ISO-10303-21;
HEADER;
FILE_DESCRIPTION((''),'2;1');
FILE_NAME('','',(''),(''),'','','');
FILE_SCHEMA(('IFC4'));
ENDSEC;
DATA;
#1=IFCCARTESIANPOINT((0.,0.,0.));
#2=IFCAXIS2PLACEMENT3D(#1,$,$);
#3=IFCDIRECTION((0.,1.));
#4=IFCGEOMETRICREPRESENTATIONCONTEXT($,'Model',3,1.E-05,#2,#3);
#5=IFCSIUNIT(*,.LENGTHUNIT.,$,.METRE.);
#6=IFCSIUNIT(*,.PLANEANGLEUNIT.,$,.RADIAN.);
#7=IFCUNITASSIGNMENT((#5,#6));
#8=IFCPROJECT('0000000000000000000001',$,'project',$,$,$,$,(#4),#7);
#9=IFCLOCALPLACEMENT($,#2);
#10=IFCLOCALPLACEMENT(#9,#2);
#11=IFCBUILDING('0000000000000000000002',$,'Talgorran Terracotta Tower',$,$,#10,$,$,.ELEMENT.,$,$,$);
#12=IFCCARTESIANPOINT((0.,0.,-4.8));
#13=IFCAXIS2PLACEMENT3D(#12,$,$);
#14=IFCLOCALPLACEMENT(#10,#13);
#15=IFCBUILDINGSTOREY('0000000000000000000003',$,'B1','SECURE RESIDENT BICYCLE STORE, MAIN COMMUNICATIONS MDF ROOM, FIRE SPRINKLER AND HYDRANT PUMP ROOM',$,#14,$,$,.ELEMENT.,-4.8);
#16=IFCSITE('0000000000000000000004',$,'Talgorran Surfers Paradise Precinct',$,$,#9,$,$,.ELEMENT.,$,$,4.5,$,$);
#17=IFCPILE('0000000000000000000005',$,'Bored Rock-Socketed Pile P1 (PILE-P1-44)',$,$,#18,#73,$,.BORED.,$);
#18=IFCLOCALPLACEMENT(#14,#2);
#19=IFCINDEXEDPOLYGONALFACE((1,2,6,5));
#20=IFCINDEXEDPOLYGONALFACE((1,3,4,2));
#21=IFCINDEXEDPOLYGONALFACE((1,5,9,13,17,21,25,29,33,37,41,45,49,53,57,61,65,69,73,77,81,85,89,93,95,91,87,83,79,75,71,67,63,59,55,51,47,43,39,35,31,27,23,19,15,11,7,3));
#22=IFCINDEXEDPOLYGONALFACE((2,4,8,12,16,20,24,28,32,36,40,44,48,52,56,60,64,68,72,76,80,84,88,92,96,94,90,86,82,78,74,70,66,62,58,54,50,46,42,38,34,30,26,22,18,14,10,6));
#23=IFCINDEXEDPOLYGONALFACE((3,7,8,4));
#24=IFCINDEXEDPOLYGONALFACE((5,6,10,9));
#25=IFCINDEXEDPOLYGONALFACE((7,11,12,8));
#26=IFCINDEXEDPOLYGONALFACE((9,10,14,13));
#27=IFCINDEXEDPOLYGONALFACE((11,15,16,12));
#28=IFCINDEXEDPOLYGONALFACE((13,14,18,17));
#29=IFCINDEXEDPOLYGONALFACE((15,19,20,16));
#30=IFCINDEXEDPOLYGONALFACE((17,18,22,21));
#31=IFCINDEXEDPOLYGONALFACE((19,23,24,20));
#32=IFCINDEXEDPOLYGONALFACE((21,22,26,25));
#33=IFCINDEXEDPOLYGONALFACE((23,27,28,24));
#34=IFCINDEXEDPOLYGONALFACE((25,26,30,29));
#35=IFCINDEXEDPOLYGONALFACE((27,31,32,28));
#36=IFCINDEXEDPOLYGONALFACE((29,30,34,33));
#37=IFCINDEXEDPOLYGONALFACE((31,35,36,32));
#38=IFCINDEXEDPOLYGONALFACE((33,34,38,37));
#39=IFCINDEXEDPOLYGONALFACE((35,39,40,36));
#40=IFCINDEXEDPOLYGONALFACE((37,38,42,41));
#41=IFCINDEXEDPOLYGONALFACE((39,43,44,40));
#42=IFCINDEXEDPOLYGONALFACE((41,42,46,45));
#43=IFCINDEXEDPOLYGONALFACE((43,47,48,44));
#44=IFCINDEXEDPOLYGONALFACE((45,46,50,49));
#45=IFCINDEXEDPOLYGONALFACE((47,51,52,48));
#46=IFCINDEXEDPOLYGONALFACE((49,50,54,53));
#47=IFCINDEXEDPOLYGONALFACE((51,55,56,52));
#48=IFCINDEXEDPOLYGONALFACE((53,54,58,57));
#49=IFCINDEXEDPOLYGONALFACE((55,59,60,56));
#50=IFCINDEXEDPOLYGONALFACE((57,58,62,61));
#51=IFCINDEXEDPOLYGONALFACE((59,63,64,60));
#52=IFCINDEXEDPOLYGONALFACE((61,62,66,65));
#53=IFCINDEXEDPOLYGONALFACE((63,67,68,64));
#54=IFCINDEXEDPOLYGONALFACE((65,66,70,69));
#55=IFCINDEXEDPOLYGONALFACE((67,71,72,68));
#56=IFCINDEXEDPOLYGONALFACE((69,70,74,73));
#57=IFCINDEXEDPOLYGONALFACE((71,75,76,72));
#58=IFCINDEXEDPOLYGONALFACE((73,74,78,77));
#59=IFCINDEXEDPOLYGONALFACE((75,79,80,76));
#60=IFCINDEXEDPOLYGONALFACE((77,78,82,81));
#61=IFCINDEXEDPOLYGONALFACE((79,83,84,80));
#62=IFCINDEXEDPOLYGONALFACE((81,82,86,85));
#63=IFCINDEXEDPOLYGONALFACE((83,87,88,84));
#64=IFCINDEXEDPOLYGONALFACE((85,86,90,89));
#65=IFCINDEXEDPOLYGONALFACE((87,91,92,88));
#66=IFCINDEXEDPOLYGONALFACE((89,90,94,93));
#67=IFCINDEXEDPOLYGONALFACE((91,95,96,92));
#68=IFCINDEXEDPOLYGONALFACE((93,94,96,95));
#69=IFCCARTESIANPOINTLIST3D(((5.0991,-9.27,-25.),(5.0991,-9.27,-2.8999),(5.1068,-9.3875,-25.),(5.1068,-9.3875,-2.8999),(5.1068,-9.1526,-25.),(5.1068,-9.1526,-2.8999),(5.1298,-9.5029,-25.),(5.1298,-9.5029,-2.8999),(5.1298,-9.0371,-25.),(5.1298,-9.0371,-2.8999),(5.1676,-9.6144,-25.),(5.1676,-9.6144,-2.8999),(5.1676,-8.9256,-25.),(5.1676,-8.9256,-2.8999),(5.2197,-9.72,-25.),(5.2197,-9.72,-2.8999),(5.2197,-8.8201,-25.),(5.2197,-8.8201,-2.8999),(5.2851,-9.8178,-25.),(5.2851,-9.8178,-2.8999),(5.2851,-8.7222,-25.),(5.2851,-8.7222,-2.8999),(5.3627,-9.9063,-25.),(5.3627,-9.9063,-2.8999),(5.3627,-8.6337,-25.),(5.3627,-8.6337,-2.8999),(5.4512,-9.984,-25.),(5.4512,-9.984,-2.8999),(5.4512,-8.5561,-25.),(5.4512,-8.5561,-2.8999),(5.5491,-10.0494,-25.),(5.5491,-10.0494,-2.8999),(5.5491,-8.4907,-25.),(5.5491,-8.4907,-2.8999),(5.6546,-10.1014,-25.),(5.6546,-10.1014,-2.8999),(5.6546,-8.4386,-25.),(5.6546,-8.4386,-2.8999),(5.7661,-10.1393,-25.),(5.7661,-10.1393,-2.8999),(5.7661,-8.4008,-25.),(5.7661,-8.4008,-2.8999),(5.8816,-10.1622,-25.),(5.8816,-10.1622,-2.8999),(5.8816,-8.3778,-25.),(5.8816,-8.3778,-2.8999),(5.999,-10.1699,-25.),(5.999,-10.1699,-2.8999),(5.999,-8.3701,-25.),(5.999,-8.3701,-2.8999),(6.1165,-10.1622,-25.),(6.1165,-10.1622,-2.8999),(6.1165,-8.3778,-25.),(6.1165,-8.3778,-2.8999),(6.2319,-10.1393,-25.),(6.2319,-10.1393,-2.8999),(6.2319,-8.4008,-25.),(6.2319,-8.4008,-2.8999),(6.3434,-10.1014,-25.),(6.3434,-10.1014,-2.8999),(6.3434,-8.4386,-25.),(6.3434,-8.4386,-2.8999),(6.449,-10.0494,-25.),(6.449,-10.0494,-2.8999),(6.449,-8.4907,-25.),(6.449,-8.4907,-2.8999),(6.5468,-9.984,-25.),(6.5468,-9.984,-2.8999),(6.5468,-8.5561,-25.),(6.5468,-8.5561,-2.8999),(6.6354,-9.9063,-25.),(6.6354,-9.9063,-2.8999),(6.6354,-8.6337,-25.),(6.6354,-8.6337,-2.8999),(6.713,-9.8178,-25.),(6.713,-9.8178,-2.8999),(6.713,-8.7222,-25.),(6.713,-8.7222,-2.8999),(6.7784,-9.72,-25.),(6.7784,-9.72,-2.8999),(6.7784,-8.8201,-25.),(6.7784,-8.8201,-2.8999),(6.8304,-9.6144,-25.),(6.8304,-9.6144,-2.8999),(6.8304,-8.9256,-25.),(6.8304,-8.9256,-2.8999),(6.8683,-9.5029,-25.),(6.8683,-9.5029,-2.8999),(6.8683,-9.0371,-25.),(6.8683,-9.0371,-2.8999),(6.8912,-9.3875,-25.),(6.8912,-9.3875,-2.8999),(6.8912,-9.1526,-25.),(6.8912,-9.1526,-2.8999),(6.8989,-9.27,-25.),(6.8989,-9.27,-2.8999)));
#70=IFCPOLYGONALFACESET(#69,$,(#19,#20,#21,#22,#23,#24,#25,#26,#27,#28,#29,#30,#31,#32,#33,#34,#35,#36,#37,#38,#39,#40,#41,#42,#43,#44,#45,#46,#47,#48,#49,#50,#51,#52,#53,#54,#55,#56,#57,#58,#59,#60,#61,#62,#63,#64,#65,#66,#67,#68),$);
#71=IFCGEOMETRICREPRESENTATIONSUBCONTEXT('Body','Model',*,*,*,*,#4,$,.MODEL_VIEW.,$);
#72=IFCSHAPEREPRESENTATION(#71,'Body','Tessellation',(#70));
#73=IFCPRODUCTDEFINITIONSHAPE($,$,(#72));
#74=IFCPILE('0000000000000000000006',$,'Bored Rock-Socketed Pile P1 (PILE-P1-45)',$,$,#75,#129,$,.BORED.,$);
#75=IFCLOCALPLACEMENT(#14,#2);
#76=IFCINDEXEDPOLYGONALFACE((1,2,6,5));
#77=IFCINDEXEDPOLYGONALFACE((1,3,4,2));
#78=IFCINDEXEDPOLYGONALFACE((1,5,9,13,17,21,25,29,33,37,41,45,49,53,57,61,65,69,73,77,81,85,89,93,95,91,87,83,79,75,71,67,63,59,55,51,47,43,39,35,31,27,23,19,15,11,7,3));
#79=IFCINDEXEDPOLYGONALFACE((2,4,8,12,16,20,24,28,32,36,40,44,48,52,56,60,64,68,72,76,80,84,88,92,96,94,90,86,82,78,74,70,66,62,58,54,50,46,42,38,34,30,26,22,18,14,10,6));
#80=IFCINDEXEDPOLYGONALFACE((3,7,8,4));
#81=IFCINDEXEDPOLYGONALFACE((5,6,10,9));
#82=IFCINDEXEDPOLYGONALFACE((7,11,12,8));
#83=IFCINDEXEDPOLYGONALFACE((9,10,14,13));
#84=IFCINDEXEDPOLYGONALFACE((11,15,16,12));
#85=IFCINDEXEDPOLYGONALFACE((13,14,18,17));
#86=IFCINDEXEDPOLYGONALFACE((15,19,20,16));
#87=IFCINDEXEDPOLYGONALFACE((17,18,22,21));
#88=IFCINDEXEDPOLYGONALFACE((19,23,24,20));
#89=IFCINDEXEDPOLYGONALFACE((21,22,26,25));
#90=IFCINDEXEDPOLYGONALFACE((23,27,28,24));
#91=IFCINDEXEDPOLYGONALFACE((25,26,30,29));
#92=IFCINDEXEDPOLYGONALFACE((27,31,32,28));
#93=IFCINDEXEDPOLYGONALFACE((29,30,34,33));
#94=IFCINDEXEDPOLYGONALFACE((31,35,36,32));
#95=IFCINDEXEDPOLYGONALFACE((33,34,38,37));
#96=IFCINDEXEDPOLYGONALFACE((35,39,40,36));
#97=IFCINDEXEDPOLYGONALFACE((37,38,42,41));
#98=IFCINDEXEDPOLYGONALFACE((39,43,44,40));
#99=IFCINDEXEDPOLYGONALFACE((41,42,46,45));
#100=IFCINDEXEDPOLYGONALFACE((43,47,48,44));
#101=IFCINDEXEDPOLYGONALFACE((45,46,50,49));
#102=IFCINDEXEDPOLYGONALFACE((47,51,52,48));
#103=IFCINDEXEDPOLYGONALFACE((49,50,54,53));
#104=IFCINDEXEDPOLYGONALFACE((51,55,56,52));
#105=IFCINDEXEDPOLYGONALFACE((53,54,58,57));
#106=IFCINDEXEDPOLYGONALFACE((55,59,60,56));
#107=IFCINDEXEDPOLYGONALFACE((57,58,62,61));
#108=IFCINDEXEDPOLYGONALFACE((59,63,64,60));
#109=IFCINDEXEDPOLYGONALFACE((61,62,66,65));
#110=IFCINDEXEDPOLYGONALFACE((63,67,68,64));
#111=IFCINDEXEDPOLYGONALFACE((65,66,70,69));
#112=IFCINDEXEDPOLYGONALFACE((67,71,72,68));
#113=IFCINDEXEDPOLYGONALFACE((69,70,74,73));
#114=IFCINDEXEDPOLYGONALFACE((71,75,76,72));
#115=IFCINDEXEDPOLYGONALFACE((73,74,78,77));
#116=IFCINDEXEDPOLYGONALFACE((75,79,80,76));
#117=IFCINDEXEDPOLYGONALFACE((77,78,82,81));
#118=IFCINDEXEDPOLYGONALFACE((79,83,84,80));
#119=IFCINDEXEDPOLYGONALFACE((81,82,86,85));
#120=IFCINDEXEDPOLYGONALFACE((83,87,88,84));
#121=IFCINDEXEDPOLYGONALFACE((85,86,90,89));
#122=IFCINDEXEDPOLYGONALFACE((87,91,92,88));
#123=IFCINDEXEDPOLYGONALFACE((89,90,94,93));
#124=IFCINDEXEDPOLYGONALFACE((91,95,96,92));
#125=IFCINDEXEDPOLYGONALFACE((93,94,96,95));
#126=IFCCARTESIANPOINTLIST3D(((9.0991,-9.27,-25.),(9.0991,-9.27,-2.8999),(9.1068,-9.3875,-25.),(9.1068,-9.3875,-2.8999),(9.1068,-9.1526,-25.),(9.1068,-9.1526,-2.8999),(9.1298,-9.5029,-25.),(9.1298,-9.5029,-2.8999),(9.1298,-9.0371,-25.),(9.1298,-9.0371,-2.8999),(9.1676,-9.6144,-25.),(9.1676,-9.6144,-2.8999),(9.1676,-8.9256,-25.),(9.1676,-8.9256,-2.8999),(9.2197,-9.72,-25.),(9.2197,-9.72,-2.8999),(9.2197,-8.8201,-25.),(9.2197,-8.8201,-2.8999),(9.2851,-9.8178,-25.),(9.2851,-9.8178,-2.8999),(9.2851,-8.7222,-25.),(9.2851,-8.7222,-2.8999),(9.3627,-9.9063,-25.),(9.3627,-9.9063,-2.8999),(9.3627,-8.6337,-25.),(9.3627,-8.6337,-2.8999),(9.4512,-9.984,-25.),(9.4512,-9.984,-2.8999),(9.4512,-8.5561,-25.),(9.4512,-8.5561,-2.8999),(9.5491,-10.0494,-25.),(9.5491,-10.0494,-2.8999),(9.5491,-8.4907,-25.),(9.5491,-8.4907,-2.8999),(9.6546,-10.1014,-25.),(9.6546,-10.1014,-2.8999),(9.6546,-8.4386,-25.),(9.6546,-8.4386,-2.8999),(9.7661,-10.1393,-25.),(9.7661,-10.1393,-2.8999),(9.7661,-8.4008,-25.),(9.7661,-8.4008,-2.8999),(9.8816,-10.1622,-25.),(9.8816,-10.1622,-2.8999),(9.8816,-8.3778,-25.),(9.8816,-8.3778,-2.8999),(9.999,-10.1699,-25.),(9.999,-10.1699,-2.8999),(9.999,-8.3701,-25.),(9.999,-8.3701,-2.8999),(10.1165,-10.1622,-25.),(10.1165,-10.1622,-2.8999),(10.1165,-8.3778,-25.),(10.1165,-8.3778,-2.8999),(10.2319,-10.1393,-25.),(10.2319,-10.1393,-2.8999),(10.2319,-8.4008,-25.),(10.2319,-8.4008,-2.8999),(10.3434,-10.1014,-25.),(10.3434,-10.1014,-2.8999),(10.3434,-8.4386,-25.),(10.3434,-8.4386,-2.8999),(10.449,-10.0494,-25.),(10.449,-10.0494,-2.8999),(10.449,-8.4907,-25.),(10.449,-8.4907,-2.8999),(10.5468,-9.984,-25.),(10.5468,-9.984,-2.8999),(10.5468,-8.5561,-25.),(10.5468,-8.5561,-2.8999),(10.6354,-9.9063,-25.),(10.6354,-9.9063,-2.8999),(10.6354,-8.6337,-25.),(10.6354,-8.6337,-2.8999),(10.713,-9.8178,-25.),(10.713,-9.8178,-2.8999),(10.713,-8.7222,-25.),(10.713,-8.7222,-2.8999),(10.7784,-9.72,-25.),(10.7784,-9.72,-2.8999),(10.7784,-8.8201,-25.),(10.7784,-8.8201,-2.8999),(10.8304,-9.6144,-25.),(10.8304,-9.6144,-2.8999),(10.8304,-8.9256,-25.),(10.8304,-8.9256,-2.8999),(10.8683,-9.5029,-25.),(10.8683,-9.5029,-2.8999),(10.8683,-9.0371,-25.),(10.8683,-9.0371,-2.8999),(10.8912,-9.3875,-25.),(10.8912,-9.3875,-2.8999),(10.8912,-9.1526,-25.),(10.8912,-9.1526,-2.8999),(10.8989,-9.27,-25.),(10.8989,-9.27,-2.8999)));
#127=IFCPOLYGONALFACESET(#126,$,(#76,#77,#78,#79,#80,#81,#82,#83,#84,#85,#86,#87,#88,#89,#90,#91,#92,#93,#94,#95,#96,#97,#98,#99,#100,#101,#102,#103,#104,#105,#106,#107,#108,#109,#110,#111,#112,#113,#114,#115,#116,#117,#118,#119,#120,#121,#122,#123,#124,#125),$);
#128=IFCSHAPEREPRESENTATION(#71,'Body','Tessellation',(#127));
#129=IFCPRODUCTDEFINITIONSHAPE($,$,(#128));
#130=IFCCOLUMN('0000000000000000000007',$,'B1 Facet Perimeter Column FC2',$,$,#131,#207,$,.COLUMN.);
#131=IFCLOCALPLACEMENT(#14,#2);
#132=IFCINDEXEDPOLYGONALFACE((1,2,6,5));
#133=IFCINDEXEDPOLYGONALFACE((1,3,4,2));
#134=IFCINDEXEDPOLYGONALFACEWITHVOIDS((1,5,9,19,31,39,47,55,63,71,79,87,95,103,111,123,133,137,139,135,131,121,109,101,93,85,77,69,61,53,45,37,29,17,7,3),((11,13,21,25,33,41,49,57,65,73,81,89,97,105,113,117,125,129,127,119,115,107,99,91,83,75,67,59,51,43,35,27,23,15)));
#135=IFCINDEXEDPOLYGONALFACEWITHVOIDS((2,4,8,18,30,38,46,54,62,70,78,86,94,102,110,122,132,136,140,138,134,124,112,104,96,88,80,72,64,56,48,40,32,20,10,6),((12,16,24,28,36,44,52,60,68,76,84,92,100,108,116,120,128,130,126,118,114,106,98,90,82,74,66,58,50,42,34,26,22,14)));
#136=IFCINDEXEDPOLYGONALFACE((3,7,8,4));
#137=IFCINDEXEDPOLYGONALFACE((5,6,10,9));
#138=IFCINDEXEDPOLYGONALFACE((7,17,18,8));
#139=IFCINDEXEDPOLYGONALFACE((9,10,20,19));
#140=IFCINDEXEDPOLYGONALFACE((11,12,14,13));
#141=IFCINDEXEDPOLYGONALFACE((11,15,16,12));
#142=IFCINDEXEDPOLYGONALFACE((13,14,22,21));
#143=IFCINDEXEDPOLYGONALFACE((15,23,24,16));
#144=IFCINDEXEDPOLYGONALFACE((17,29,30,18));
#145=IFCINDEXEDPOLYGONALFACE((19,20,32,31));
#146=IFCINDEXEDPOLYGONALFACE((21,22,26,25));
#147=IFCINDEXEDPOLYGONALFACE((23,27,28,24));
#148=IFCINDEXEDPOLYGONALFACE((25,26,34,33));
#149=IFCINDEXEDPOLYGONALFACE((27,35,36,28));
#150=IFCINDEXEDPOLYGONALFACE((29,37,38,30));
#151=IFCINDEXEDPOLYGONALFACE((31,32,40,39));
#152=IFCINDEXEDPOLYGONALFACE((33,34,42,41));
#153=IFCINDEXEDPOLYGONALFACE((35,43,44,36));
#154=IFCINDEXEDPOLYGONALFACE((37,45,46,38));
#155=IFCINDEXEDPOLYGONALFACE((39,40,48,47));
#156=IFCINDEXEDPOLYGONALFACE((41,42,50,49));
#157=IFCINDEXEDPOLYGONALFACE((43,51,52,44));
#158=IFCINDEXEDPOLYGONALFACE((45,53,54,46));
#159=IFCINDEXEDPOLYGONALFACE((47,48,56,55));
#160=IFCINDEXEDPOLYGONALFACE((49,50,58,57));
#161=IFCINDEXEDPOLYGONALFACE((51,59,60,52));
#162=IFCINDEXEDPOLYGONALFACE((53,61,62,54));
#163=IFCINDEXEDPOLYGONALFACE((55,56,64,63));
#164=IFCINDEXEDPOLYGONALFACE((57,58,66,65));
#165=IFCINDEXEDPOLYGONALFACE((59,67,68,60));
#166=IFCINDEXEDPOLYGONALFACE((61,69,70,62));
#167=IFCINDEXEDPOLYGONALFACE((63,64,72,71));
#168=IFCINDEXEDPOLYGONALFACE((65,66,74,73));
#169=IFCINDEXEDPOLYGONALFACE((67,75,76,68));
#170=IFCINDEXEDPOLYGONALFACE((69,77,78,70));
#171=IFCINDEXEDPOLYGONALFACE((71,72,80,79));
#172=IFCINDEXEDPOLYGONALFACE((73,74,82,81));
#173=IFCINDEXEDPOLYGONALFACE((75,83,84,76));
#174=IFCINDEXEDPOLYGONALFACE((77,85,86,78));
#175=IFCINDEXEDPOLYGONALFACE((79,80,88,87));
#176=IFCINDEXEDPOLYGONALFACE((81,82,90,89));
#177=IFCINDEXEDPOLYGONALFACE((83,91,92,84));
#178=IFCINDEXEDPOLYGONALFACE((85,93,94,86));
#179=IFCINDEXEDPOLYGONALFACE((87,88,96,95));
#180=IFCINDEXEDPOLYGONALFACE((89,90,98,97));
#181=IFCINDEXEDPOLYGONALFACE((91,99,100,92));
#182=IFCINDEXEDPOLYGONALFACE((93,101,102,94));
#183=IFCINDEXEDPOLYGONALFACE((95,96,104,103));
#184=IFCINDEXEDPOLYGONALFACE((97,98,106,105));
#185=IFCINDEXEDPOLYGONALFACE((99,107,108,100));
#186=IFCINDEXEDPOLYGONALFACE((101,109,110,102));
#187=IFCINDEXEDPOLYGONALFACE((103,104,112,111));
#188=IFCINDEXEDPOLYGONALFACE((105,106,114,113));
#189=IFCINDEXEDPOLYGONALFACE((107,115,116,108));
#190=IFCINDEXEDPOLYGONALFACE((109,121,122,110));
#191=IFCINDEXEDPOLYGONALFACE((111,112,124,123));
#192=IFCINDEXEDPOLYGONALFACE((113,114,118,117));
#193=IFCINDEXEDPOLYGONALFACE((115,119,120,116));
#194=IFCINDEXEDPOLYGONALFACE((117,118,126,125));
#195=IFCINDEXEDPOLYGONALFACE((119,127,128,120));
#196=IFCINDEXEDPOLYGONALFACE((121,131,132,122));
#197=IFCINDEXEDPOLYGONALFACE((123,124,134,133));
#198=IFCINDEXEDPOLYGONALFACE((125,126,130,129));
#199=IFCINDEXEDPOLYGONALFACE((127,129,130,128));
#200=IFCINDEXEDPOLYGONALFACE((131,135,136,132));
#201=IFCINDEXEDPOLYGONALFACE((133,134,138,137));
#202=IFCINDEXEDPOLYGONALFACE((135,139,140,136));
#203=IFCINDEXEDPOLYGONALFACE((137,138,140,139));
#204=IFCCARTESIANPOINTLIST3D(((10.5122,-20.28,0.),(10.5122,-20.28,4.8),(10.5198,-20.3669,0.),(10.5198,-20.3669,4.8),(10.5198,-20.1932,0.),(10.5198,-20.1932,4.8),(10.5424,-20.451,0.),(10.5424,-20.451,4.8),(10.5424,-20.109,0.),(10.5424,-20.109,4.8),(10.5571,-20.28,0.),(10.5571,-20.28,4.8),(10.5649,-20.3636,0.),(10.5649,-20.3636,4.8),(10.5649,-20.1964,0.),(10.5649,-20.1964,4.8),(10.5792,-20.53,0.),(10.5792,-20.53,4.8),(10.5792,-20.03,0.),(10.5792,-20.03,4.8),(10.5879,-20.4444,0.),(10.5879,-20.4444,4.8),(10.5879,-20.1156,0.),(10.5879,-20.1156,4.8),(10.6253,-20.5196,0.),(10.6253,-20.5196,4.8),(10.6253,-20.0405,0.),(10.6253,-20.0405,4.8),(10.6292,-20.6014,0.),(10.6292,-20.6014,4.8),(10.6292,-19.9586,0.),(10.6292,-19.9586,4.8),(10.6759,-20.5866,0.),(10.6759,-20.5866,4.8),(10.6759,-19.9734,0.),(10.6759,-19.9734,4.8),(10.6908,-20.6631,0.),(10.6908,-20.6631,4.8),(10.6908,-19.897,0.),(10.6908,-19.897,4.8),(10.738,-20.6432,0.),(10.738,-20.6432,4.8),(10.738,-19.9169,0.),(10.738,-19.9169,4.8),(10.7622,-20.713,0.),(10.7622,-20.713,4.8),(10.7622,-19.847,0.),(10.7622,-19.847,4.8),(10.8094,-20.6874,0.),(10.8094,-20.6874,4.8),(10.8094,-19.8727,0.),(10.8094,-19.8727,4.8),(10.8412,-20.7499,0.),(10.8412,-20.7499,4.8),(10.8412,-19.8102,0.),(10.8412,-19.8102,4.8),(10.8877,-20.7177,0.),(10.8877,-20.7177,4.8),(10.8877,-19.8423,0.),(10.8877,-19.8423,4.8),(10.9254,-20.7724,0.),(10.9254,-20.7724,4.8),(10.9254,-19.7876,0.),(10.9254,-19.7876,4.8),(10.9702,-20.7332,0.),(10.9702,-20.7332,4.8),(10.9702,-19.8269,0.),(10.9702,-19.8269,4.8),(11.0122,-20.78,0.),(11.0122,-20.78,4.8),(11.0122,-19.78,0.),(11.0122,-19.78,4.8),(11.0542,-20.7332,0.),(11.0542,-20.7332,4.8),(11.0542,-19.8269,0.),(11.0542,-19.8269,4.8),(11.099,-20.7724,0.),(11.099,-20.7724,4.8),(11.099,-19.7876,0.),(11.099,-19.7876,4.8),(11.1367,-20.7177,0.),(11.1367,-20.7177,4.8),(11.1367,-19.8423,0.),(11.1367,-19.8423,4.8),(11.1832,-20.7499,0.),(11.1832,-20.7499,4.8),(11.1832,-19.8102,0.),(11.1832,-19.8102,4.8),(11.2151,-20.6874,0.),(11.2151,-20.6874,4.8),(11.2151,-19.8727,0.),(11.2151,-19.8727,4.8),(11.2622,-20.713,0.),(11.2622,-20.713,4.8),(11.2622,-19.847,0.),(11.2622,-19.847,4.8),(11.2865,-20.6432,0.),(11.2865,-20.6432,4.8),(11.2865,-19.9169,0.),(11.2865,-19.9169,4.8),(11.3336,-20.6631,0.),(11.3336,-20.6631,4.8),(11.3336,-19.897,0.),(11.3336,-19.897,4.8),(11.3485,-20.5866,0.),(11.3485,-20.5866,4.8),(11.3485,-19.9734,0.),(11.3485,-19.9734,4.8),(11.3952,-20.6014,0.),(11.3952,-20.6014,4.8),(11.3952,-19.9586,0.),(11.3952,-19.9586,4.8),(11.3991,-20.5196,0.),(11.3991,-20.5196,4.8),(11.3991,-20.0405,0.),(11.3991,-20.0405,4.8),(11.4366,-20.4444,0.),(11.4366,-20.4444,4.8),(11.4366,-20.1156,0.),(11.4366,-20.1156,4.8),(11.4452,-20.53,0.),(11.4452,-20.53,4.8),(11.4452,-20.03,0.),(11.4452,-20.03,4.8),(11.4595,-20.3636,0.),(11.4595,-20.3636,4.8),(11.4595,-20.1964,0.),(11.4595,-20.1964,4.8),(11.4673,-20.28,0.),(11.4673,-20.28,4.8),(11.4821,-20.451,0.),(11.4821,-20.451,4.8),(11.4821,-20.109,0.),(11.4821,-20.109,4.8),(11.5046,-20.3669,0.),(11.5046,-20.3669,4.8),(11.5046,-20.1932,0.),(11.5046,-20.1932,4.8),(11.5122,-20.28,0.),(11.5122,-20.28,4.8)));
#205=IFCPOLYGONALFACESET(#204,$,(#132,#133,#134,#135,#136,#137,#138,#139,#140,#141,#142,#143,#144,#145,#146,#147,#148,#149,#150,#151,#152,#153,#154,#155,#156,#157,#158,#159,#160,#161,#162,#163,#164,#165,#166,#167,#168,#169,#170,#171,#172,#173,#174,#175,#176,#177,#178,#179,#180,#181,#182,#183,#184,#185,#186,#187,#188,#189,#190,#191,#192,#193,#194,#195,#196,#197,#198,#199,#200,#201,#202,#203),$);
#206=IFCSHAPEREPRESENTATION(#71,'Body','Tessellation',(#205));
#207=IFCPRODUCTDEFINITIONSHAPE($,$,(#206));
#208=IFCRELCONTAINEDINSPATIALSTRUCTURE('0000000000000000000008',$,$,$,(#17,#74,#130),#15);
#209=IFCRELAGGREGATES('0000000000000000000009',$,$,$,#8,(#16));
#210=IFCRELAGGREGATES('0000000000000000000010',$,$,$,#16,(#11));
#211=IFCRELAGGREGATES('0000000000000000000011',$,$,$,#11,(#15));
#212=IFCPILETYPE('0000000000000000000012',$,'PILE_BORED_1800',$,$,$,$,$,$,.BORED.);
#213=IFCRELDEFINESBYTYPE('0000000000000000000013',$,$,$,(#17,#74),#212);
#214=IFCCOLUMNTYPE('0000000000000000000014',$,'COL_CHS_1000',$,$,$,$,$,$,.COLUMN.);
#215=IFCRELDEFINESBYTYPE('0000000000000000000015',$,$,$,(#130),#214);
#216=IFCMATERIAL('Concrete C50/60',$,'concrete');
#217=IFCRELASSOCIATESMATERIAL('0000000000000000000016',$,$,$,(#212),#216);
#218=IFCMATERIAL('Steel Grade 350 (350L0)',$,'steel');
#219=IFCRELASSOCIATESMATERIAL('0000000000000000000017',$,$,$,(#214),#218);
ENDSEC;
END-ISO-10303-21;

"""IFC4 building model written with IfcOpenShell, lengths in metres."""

from ifc_helpers import new_model, si_unit, direction, frame, origin, origin_2d, place, context, subcontext, project, spatial, circle, hollow_circle, extrude, material, material_profile, profile_set, type_object, element, save


model = new_model("IFC4")

# Units and contexts
model_context = context("Model", 3, precision=1e-05, world=origin(), true_north=direction((0.0, 1.0)))
body_context = subcontext(model_context, "Body", "Model", "MODEL_VIEW")
ifc_project = project(units=[si_unit("LENGTHUNIT", "METRE"), si_unit("PLANEANGLEUNIT", "RADIAN")], contexts=[model_context])

# Site, building, storey
site_placement = place(None, origin())
site = spatial("IfcSite", under=ifc_project, at=site_placement, Name="Talgorran Surfers Paradise Precinct", CompositionType="ELEMENT", RefElevation=4.5)
building_placement = place(site_placement, origin())
building = spatial("IfcBuilding", under=site, at=building_placement, Name="Talgorran Terracotta Tower", CompositionType="ELEMENT")
storey_placement = place(building_placement, frame((0.0, 0.0, -4.8)))
storey = spatial("IfcBuildingStorey", under=building, at=storey_placement, Name="B1", Description="SECURE RESIDENT BICYCLE STORE, MAIN COMMUNICATIONS MDF ROOM, FIRE SPRINKLER AND HYDRANT PUMP ROOM", CompositionType="ELEMENT", Elevation=-4.8)

# Shared definitions
ifc_material_1 = material(Name="Concrete C50/60", Category="concrete")

# Piles
ifc_material_profile_1 = material_profile(ifc_material_1, circle(Radius=0.8999, at=origin_2d()), Name="PILE1800")
ifc_profile_set_1 = profile_set([ifc_material_profile_1], Name="Concrete C50/60")
pile_type = type_object("IfcPileType", Name="PILE_BORED_1800", PredefinedType="BORED", material=ifc_profile_set_1)
for number, where, z_axis, x_axis, name in (
    (1, (5.999, -9.27, -2.8999), (0.0, 0.0, -1.0), (1.0, 0.0, 0.0), "Bored Rock-Socketed Pile P1 (PILE-P1-44)"),
    (2, (9.999, -9.27, -2.8999), (0.0, 0.0, -1.0), (1.0, 0.0, 0.0), "Bored Rock-Socketed Pile P1 (PILE-P1-45)"),
):
    element("IfcPile", number, at=place(storey_placement, frame(where, z_axis=z_axis, x_axis=x_axis)), inside=storey, type_object=pile_type, Name=name, PredefinedType="BORED", context=body_context, shape_type="SweptSolid", body=[
        extrude(circle(Radius=0.8999, at=origin_2d()), origin(), (0.0, 0.0, 1.0), 22.1001),
    ])

# Column
ifc_material_2 = material(Name="Steel Grade 350 (350L0)", Category="steel")
ifc_material_profile_2 = material_profile(ifc_material_2, hollow_circle(Radius=0.5, WallThickness=0.0449, at=origin_2d()), Name="CHS1000X45")
ifc_profile_set_2 = profile_set([ifc_material_profile_2], Name="Steel Grade 350 (350L0)")
column_type = type_object("IfcColumnType", Name="COL_CHS_1000", PredefinedType="COLUMN", material=ifc_profile_set_2)
column_placement = place(storey_placement, frame((11.0122, -20.28, 0.0), z_axis=(0.0, 0.0, 1.0), x_axis=(1.0, 0.0, 0.0)))
element("IfcColumn", 3, at=column_placement, inside=storey, type_object=column_type, Name="B1 Facet Perimeter Column FC2", PredefinedType="COLUMN", context=body_context, shape_type="SweptSolid", body=[
    extrude(hollow_circle(Radius=0.5, WallThickness=0.0449, at=origin_2d()), origin(), (0.0, 0.0, 1.0), 4.8),
])

save(model, "model.ifc")
